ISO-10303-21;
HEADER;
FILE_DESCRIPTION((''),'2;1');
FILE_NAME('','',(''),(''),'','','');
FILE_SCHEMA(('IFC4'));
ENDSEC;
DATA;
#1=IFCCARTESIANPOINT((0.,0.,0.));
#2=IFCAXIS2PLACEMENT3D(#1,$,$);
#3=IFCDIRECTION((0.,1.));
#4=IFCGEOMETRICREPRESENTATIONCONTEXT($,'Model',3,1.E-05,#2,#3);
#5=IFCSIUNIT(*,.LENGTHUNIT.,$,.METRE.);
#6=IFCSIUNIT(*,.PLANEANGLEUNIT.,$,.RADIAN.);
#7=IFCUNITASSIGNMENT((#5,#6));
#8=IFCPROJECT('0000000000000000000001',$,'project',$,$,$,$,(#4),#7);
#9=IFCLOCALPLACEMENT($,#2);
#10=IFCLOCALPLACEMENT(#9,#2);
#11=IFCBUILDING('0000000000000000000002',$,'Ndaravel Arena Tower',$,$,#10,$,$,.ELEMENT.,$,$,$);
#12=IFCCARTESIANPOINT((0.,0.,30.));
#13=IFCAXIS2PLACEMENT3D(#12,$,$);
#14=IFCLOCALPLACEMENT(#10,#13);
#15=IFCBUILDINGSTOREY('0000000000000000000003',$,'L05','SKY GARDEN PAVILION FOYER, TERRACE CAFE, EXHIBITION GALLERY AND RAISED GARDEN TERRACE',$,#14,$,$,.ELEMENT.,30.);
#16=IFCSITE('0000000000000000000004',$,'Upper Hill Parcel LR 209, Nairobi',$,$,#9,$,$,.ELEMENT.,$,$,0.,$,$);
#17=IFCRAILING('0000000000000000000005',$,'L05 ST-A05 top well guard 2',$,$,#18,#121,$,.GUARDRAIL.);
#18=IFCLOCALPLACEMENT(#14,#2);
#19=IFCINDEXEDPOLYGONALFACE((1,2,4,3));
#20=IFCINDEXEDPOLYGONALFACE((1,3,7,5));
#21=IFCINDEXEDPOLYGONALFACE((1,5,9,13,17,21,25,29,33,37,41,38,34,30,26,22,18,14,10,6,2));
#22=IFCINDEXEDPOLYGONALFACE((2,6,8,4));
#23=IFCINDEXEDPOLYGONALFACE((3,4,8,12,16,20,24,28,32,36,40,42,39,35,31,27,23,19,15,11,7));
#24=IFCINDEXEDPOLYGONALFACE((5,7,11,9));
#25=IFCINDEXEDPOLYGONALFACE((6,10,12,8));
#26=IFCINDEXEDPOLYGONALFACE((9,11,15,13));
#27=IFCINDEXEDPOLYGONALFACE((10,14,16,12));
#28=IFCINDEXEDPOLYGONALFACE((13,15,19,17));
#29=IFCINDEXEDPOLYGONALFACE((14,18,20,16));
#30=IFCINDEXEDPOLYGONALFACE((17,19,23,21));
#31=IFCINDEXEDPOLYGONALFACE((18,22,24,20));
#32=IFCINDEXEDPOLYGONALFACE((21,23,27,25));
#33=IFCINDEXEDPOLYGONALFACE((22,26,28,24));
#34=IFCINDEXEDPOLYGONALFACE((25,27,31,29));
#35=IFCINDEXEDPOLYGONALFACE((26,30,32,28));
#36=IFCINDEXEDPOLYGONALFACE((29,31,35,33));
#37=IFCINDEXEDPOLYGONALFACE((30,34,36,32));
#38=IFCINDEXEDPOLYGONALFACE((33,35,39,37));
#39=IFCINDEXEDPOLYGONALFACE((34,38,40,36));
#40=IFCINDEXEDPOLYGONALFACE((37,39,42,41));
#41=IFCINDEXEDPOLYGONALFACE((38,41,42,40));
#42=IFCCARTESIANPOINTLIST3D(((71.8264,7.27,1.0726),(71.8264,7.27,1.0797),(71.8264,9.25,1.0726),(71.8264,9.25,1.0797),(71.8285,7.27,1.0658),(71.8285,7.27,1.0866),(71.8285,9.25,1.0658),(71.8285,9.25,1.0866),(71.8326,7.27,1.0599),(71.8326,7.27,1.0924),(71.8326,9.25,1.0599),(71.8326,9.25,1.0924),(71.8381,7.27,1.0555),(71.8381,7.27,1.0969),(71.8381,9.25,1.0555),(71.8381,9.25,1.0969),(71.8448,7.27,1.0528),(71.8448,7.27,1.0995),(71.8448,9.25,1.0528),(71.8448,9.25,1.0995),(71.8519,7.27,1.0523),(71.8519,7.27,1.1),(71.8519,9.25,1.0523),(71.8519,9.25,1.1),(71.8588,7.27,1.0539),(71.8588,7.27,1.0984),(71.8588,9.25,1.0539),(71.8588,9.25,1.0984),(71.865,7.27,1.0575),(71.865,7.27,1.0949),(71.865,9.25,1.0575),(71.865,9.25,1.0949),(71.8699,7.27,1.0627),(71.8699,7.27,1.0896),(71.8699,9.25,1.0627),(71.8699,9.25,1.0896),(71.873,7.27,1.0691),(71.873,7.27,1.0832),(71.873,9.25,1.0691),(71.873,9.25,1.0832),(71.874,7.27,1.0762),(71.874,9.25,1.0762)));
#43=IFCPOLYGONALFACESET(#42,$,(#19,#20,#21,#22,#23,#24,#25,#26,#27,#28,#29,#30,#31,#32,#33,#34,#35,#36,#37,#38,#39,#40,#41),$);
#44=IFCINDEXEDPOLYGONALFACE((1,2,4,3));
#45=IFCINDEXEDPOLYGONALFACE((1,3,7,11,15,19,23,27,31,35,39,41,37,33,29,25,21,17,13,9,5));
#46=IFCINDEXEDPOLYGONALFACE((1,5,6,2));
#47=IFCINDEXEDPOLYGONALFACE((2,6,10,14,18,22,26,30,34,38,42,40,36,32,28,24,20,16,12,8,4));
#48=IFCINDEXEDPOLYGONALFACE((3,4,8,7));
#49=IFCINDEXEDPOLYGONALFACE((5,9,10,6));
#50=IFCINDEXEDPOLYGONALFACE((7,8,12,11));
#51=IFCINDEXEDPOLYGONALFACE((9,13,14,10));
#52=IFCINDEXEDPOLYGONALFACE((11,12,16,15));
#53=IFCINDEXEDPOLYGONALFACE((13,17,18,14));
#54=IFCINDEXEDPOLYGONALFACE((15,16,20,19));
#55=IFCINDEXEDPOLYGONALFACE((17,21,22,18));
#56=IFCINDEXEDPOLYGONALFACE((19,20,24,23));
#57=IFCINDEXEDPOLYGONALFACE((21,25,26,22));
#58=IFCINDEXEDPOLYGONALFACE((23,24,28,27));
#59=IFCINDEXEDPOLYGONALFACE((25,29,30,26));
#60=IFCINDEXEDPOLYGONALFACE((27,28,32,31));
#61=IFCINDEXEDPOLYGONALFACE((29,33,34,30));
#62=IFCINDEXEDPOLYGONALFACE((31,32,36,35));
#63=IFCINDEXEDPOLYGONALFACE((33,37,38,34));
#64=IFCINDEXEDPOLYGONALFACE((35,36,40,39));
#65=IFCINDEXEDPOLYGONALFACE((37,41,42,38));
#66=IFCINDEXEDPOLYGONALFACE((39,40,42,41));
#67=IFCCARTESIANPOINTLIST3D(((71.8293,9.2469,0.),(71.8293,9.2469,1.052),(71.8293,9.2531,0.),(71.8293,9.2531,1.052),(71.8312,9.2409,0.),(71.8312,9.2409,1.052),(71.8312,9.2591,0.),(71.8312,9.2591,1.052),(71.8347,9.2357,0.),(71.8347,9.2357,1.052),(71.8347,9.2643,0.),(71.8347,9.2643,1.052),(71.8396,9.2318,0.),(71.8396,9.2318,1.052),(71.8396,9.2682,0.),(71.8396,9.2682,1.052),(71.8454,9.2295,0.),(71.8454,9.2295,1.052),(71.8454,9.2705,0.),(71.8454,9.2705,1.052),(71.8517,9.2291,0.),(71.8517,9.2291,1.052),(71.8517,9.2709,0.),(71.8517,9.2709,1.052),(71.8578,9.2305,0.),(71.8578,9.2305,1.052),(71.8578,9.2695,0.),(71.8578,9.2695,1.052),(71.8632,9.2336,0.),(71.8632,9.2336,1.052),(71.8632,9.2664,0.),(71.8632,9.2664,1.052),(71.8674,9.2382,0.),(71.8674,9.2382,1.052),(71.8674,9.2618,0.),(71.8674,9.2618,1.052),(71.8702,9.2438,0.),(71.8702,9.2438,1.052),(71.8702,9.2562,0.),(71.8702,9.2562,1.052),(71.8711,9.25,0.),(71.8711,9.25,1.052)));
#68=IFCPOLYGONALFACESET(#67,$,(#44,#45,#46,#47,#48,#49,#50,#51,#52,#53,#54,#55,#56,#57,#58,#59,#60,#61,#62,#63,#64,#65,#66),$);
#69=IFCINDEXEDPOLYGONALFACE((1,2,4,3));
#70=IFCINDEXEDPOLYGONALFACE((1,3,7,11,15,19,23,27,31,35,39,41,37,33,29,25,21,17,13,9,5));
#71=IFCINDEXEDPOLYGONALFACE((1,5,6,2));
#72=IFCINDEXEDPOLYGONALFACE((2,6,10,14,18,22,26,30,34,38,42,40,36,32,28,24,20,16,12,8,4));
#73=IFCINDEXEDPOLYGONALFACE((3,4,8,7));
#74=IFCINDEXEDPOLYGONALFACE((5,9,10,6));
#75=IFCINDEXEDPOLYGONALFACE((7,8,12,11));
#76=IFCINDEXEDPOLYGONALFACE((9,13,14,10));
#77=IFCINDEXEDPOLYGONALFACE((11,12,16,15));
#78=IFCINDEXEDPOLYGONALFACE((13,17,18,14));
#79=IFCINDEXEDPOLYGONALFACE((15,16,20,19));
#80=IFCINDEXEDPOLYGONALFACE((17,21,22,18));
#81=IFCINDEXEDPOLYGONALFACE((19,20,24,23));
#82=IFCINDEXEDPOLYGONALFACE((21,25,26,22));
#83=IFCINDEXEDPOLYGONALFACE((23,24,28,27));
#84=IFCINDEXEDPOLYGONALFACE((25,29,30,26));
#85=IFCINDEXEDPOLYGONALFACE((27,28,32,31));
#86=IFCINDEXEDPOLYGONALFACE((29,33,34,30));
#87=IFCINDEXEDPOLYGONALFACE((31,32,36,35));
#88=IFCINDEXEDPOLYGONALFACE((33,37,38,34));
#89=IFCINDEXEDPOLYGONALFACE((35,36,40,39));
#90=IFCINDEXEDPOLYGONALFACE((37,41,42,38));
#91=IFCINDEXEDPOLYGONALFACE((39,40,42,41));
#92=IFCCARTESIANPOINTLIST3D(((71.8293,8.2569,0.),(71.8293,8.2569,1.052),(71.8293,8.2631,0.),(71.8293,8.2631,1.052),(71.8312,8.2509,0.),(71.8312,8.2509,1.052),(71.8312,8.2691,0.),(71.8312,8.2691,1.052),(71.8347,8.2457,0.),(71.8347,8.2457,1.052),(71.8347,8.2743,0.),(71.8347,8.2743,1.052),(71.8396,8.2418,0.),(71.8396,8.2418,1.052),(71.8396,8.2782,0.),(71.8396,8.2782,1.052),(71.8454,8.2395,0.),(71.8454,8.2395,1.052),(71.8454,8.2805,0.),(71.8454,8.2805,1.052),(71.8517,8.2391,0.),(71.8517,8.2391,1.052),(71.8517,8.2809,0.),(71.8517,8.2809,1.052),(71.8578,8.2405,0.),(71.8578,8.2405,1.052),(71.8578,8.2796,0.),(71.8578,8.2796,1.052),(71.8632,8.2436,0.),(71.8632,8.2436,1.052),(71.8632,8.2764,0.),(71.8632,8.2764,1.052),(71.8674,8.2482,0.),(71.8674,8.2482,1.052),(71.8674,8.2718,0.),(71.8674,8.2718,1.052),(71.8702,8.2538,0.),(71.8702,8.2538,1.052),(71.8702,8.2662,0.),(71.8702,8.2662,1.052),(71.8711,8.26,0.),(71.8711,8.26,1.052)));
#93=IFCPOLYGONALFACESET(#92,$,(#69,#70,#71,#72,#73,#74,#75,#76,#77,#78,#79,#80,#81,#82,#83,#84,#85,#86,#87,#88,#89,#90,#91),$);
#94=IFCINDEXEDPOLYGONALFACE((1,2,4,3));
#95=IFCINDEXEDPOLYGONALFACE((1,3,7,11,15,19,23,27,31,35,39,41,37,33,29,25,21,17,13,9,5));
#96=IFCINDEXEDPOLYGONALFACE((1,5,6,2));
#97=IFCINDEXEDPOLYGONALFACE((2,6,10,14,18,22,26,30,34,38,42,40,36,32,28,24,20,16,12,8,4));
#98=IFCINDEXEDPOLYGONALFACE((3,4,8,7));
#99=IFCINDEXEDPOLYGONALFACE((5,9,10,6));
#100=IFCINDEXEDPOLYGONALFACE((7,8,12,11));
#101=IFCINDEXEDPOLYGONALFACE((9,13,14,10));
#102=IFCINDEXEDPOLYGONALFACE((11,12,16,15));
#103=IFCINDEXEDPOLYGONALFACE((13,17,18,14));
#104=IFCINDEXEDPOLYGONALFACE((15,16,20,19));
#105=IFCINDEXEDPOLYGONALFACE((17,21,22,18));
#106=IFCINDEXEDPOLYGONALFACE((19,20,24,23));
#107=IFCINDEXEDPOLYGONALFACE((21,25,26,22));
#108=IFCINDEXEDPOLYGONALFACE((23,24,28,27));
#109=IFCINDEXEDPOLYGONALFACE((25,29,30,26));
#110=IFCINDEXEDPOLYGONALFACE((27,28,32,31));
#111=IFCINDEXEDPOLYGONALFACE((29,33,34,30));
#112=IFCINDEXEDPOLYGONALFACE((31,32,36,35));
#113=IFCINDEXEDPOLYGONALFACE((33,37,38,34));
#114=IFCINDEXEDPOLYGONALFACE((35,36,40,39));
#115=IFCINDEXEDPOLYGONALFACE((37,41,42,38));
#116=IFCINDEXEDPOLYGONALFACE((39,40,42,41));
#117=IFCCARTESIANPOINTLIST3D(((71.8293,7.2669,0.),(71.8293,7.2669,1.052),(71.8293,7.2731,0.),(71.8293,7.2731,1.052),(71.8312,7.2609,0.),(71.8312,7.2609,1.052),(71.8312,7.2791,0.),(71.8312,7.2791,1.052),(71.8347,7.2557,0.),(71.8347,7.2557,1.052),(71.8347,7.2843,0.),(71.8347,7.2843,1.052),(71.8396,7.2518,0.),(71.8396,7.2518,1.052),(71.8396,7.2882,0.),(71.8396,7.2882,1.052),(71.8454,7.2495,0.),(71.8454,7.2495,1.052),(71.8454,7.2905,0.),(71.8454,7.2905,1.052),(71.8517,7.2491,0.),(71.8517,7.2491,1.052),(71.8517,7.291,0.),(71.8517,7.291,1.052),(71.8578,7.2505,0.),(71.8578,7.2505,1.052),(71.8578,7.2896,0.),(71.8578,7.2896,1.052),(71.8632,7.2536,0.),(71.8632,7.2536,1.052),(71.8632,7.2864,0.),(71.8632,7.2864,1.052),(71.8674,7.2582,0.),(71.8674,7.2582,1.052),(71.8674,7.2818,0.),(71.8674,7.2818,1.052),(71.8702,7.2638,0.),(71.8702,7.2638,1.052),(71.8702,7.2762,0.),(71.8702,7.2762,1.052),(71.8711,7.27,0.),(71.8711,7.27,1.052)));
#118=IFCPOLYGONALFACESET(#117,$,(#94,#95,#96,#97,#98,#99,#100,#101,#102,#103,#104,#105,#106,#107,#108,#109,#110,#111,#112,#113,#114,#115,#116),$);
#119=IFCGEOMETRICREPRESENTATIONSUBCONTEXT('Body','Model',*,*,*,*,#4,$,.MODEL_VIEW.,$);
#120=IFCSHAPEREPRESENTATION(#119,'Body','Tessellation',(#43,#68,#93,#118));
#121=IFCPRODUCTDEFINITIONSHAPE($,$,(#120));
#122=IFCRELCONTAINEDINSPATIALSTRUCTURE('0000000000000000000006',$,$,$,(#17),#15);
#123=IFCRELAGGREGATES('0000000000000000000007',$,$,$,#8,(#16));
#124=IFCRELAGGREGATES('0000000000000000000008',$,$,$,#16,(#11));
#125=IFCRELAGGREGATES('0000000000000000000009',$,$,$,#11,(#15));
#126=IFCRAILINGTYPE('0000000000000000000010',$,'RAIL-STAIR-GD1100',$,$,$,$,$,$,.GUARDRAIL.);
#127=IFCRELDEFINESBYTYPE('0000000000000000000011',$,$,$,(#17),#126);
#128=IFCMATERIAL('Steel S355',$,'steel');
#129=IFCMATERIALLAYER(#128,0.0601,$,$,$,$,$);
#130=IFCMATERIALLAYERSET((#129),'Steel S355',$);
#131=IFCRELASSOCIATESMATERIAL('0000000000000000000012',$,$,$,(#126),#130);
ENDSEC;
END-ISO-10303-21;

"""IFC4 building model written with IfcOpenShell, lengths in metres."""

from ifc_helpers import new_model, si_unit, direction, frame, origin, origin_2d, place, context, subcontext, project, spatial, circle, extrude, material, layer, layer_set, type_object, element, save


model = new_model("IFC4")

# Units and contexts
model_context = context("Model", 3, precision=1e-05, world=origin(), true_north=direction((0.0, 1.0)))
body_context = subcontext(model_context, "Body", "Model", "MODEL_VIEW")
ifc_project = project(units=[si_unit("LENGTHUNIT", "METRE"), si_unit("PLANEANGLEUNIT", "RADIAN")], contexts=[model_context])

# Site, building, storey
site_placement = place(None, origin())
site = spatial("IfcSite", under=ifc_project, at=site_placement, Name="Upper Hill Parcel LR 209, Nairobi", CompositionType="ELEMENT", RefElevation=0.0)
building_placement = place(site_placement, origin())
building = spatial("IfcBuilding", under=site, at=building_placement, Name="Ndaravel Arena Tower", CompositionType="ELEMENT")
storey_placement = place(building_placement, frame((0.0, 0.0, 30.0)))
storey = spatial("IfcBuildingStorey", under=building, at=storey_placement, Name="L05", Description="SKY GARDEN PAVILION FOYER, TERRACE CAFE, EXHIBITION GALLERY AND RAISED GARDEN TERRACE", CompositionType="ELEMENT", Elevation=30.0)

# Railing
ifc_material_1 = material(Name="Steel S355", Category="steel")
ifc_layer_1 = layer(ifc_material_1, 0.0601)
ifc_layer_set_1 = layer_set([ifc_layer_1], Name="Steel S355")
railing_type_1 = type_object("IfcRailingType", Name="RAIL-STAIR-GD1100", PredefinedType="GUARDRAIL", material=ifc_layer_set_1)
for number, where, name in (
    (1, (71.8501, 9.25, 0.0), "L05 ST-A05 top well guard 2"),
):
    element("IfcRailing", number, at=place(storey_placement, frame(where)), inside=storey, type_object=railing_type_1, Name=name, PredefinedType="GUARDRAIL", context=body_context, shape_type="SweptSolid", body=[
        extrude(circle(Radius=0.0239, at=origin_2d()), frame((0.0, 0.0, 1.0762), z_axis=(0.0, -1.0, 0.0), x_axis=(1.0, 0.0, 0.0)), (0.0, 0.0, 1.0), 1.98),
        extrude(circle(Radius=0.021, at=origin_2d()), origin(), (0.0, 0.0, 1.0), 1.052),
        extrude(circle(Radius=0.021, at=origin_2d()), frame((0.0, -0.99, 0.0)), (0.0, 0.0, 1.0), 1.052),
        extrude(circle(Radius=0.021, at=origin_2d()), frame((0.0, -1.98, 0.0)), (0.0, 0.0, 1.0), 1.052),
    ])

save(model, "model.ifc")
